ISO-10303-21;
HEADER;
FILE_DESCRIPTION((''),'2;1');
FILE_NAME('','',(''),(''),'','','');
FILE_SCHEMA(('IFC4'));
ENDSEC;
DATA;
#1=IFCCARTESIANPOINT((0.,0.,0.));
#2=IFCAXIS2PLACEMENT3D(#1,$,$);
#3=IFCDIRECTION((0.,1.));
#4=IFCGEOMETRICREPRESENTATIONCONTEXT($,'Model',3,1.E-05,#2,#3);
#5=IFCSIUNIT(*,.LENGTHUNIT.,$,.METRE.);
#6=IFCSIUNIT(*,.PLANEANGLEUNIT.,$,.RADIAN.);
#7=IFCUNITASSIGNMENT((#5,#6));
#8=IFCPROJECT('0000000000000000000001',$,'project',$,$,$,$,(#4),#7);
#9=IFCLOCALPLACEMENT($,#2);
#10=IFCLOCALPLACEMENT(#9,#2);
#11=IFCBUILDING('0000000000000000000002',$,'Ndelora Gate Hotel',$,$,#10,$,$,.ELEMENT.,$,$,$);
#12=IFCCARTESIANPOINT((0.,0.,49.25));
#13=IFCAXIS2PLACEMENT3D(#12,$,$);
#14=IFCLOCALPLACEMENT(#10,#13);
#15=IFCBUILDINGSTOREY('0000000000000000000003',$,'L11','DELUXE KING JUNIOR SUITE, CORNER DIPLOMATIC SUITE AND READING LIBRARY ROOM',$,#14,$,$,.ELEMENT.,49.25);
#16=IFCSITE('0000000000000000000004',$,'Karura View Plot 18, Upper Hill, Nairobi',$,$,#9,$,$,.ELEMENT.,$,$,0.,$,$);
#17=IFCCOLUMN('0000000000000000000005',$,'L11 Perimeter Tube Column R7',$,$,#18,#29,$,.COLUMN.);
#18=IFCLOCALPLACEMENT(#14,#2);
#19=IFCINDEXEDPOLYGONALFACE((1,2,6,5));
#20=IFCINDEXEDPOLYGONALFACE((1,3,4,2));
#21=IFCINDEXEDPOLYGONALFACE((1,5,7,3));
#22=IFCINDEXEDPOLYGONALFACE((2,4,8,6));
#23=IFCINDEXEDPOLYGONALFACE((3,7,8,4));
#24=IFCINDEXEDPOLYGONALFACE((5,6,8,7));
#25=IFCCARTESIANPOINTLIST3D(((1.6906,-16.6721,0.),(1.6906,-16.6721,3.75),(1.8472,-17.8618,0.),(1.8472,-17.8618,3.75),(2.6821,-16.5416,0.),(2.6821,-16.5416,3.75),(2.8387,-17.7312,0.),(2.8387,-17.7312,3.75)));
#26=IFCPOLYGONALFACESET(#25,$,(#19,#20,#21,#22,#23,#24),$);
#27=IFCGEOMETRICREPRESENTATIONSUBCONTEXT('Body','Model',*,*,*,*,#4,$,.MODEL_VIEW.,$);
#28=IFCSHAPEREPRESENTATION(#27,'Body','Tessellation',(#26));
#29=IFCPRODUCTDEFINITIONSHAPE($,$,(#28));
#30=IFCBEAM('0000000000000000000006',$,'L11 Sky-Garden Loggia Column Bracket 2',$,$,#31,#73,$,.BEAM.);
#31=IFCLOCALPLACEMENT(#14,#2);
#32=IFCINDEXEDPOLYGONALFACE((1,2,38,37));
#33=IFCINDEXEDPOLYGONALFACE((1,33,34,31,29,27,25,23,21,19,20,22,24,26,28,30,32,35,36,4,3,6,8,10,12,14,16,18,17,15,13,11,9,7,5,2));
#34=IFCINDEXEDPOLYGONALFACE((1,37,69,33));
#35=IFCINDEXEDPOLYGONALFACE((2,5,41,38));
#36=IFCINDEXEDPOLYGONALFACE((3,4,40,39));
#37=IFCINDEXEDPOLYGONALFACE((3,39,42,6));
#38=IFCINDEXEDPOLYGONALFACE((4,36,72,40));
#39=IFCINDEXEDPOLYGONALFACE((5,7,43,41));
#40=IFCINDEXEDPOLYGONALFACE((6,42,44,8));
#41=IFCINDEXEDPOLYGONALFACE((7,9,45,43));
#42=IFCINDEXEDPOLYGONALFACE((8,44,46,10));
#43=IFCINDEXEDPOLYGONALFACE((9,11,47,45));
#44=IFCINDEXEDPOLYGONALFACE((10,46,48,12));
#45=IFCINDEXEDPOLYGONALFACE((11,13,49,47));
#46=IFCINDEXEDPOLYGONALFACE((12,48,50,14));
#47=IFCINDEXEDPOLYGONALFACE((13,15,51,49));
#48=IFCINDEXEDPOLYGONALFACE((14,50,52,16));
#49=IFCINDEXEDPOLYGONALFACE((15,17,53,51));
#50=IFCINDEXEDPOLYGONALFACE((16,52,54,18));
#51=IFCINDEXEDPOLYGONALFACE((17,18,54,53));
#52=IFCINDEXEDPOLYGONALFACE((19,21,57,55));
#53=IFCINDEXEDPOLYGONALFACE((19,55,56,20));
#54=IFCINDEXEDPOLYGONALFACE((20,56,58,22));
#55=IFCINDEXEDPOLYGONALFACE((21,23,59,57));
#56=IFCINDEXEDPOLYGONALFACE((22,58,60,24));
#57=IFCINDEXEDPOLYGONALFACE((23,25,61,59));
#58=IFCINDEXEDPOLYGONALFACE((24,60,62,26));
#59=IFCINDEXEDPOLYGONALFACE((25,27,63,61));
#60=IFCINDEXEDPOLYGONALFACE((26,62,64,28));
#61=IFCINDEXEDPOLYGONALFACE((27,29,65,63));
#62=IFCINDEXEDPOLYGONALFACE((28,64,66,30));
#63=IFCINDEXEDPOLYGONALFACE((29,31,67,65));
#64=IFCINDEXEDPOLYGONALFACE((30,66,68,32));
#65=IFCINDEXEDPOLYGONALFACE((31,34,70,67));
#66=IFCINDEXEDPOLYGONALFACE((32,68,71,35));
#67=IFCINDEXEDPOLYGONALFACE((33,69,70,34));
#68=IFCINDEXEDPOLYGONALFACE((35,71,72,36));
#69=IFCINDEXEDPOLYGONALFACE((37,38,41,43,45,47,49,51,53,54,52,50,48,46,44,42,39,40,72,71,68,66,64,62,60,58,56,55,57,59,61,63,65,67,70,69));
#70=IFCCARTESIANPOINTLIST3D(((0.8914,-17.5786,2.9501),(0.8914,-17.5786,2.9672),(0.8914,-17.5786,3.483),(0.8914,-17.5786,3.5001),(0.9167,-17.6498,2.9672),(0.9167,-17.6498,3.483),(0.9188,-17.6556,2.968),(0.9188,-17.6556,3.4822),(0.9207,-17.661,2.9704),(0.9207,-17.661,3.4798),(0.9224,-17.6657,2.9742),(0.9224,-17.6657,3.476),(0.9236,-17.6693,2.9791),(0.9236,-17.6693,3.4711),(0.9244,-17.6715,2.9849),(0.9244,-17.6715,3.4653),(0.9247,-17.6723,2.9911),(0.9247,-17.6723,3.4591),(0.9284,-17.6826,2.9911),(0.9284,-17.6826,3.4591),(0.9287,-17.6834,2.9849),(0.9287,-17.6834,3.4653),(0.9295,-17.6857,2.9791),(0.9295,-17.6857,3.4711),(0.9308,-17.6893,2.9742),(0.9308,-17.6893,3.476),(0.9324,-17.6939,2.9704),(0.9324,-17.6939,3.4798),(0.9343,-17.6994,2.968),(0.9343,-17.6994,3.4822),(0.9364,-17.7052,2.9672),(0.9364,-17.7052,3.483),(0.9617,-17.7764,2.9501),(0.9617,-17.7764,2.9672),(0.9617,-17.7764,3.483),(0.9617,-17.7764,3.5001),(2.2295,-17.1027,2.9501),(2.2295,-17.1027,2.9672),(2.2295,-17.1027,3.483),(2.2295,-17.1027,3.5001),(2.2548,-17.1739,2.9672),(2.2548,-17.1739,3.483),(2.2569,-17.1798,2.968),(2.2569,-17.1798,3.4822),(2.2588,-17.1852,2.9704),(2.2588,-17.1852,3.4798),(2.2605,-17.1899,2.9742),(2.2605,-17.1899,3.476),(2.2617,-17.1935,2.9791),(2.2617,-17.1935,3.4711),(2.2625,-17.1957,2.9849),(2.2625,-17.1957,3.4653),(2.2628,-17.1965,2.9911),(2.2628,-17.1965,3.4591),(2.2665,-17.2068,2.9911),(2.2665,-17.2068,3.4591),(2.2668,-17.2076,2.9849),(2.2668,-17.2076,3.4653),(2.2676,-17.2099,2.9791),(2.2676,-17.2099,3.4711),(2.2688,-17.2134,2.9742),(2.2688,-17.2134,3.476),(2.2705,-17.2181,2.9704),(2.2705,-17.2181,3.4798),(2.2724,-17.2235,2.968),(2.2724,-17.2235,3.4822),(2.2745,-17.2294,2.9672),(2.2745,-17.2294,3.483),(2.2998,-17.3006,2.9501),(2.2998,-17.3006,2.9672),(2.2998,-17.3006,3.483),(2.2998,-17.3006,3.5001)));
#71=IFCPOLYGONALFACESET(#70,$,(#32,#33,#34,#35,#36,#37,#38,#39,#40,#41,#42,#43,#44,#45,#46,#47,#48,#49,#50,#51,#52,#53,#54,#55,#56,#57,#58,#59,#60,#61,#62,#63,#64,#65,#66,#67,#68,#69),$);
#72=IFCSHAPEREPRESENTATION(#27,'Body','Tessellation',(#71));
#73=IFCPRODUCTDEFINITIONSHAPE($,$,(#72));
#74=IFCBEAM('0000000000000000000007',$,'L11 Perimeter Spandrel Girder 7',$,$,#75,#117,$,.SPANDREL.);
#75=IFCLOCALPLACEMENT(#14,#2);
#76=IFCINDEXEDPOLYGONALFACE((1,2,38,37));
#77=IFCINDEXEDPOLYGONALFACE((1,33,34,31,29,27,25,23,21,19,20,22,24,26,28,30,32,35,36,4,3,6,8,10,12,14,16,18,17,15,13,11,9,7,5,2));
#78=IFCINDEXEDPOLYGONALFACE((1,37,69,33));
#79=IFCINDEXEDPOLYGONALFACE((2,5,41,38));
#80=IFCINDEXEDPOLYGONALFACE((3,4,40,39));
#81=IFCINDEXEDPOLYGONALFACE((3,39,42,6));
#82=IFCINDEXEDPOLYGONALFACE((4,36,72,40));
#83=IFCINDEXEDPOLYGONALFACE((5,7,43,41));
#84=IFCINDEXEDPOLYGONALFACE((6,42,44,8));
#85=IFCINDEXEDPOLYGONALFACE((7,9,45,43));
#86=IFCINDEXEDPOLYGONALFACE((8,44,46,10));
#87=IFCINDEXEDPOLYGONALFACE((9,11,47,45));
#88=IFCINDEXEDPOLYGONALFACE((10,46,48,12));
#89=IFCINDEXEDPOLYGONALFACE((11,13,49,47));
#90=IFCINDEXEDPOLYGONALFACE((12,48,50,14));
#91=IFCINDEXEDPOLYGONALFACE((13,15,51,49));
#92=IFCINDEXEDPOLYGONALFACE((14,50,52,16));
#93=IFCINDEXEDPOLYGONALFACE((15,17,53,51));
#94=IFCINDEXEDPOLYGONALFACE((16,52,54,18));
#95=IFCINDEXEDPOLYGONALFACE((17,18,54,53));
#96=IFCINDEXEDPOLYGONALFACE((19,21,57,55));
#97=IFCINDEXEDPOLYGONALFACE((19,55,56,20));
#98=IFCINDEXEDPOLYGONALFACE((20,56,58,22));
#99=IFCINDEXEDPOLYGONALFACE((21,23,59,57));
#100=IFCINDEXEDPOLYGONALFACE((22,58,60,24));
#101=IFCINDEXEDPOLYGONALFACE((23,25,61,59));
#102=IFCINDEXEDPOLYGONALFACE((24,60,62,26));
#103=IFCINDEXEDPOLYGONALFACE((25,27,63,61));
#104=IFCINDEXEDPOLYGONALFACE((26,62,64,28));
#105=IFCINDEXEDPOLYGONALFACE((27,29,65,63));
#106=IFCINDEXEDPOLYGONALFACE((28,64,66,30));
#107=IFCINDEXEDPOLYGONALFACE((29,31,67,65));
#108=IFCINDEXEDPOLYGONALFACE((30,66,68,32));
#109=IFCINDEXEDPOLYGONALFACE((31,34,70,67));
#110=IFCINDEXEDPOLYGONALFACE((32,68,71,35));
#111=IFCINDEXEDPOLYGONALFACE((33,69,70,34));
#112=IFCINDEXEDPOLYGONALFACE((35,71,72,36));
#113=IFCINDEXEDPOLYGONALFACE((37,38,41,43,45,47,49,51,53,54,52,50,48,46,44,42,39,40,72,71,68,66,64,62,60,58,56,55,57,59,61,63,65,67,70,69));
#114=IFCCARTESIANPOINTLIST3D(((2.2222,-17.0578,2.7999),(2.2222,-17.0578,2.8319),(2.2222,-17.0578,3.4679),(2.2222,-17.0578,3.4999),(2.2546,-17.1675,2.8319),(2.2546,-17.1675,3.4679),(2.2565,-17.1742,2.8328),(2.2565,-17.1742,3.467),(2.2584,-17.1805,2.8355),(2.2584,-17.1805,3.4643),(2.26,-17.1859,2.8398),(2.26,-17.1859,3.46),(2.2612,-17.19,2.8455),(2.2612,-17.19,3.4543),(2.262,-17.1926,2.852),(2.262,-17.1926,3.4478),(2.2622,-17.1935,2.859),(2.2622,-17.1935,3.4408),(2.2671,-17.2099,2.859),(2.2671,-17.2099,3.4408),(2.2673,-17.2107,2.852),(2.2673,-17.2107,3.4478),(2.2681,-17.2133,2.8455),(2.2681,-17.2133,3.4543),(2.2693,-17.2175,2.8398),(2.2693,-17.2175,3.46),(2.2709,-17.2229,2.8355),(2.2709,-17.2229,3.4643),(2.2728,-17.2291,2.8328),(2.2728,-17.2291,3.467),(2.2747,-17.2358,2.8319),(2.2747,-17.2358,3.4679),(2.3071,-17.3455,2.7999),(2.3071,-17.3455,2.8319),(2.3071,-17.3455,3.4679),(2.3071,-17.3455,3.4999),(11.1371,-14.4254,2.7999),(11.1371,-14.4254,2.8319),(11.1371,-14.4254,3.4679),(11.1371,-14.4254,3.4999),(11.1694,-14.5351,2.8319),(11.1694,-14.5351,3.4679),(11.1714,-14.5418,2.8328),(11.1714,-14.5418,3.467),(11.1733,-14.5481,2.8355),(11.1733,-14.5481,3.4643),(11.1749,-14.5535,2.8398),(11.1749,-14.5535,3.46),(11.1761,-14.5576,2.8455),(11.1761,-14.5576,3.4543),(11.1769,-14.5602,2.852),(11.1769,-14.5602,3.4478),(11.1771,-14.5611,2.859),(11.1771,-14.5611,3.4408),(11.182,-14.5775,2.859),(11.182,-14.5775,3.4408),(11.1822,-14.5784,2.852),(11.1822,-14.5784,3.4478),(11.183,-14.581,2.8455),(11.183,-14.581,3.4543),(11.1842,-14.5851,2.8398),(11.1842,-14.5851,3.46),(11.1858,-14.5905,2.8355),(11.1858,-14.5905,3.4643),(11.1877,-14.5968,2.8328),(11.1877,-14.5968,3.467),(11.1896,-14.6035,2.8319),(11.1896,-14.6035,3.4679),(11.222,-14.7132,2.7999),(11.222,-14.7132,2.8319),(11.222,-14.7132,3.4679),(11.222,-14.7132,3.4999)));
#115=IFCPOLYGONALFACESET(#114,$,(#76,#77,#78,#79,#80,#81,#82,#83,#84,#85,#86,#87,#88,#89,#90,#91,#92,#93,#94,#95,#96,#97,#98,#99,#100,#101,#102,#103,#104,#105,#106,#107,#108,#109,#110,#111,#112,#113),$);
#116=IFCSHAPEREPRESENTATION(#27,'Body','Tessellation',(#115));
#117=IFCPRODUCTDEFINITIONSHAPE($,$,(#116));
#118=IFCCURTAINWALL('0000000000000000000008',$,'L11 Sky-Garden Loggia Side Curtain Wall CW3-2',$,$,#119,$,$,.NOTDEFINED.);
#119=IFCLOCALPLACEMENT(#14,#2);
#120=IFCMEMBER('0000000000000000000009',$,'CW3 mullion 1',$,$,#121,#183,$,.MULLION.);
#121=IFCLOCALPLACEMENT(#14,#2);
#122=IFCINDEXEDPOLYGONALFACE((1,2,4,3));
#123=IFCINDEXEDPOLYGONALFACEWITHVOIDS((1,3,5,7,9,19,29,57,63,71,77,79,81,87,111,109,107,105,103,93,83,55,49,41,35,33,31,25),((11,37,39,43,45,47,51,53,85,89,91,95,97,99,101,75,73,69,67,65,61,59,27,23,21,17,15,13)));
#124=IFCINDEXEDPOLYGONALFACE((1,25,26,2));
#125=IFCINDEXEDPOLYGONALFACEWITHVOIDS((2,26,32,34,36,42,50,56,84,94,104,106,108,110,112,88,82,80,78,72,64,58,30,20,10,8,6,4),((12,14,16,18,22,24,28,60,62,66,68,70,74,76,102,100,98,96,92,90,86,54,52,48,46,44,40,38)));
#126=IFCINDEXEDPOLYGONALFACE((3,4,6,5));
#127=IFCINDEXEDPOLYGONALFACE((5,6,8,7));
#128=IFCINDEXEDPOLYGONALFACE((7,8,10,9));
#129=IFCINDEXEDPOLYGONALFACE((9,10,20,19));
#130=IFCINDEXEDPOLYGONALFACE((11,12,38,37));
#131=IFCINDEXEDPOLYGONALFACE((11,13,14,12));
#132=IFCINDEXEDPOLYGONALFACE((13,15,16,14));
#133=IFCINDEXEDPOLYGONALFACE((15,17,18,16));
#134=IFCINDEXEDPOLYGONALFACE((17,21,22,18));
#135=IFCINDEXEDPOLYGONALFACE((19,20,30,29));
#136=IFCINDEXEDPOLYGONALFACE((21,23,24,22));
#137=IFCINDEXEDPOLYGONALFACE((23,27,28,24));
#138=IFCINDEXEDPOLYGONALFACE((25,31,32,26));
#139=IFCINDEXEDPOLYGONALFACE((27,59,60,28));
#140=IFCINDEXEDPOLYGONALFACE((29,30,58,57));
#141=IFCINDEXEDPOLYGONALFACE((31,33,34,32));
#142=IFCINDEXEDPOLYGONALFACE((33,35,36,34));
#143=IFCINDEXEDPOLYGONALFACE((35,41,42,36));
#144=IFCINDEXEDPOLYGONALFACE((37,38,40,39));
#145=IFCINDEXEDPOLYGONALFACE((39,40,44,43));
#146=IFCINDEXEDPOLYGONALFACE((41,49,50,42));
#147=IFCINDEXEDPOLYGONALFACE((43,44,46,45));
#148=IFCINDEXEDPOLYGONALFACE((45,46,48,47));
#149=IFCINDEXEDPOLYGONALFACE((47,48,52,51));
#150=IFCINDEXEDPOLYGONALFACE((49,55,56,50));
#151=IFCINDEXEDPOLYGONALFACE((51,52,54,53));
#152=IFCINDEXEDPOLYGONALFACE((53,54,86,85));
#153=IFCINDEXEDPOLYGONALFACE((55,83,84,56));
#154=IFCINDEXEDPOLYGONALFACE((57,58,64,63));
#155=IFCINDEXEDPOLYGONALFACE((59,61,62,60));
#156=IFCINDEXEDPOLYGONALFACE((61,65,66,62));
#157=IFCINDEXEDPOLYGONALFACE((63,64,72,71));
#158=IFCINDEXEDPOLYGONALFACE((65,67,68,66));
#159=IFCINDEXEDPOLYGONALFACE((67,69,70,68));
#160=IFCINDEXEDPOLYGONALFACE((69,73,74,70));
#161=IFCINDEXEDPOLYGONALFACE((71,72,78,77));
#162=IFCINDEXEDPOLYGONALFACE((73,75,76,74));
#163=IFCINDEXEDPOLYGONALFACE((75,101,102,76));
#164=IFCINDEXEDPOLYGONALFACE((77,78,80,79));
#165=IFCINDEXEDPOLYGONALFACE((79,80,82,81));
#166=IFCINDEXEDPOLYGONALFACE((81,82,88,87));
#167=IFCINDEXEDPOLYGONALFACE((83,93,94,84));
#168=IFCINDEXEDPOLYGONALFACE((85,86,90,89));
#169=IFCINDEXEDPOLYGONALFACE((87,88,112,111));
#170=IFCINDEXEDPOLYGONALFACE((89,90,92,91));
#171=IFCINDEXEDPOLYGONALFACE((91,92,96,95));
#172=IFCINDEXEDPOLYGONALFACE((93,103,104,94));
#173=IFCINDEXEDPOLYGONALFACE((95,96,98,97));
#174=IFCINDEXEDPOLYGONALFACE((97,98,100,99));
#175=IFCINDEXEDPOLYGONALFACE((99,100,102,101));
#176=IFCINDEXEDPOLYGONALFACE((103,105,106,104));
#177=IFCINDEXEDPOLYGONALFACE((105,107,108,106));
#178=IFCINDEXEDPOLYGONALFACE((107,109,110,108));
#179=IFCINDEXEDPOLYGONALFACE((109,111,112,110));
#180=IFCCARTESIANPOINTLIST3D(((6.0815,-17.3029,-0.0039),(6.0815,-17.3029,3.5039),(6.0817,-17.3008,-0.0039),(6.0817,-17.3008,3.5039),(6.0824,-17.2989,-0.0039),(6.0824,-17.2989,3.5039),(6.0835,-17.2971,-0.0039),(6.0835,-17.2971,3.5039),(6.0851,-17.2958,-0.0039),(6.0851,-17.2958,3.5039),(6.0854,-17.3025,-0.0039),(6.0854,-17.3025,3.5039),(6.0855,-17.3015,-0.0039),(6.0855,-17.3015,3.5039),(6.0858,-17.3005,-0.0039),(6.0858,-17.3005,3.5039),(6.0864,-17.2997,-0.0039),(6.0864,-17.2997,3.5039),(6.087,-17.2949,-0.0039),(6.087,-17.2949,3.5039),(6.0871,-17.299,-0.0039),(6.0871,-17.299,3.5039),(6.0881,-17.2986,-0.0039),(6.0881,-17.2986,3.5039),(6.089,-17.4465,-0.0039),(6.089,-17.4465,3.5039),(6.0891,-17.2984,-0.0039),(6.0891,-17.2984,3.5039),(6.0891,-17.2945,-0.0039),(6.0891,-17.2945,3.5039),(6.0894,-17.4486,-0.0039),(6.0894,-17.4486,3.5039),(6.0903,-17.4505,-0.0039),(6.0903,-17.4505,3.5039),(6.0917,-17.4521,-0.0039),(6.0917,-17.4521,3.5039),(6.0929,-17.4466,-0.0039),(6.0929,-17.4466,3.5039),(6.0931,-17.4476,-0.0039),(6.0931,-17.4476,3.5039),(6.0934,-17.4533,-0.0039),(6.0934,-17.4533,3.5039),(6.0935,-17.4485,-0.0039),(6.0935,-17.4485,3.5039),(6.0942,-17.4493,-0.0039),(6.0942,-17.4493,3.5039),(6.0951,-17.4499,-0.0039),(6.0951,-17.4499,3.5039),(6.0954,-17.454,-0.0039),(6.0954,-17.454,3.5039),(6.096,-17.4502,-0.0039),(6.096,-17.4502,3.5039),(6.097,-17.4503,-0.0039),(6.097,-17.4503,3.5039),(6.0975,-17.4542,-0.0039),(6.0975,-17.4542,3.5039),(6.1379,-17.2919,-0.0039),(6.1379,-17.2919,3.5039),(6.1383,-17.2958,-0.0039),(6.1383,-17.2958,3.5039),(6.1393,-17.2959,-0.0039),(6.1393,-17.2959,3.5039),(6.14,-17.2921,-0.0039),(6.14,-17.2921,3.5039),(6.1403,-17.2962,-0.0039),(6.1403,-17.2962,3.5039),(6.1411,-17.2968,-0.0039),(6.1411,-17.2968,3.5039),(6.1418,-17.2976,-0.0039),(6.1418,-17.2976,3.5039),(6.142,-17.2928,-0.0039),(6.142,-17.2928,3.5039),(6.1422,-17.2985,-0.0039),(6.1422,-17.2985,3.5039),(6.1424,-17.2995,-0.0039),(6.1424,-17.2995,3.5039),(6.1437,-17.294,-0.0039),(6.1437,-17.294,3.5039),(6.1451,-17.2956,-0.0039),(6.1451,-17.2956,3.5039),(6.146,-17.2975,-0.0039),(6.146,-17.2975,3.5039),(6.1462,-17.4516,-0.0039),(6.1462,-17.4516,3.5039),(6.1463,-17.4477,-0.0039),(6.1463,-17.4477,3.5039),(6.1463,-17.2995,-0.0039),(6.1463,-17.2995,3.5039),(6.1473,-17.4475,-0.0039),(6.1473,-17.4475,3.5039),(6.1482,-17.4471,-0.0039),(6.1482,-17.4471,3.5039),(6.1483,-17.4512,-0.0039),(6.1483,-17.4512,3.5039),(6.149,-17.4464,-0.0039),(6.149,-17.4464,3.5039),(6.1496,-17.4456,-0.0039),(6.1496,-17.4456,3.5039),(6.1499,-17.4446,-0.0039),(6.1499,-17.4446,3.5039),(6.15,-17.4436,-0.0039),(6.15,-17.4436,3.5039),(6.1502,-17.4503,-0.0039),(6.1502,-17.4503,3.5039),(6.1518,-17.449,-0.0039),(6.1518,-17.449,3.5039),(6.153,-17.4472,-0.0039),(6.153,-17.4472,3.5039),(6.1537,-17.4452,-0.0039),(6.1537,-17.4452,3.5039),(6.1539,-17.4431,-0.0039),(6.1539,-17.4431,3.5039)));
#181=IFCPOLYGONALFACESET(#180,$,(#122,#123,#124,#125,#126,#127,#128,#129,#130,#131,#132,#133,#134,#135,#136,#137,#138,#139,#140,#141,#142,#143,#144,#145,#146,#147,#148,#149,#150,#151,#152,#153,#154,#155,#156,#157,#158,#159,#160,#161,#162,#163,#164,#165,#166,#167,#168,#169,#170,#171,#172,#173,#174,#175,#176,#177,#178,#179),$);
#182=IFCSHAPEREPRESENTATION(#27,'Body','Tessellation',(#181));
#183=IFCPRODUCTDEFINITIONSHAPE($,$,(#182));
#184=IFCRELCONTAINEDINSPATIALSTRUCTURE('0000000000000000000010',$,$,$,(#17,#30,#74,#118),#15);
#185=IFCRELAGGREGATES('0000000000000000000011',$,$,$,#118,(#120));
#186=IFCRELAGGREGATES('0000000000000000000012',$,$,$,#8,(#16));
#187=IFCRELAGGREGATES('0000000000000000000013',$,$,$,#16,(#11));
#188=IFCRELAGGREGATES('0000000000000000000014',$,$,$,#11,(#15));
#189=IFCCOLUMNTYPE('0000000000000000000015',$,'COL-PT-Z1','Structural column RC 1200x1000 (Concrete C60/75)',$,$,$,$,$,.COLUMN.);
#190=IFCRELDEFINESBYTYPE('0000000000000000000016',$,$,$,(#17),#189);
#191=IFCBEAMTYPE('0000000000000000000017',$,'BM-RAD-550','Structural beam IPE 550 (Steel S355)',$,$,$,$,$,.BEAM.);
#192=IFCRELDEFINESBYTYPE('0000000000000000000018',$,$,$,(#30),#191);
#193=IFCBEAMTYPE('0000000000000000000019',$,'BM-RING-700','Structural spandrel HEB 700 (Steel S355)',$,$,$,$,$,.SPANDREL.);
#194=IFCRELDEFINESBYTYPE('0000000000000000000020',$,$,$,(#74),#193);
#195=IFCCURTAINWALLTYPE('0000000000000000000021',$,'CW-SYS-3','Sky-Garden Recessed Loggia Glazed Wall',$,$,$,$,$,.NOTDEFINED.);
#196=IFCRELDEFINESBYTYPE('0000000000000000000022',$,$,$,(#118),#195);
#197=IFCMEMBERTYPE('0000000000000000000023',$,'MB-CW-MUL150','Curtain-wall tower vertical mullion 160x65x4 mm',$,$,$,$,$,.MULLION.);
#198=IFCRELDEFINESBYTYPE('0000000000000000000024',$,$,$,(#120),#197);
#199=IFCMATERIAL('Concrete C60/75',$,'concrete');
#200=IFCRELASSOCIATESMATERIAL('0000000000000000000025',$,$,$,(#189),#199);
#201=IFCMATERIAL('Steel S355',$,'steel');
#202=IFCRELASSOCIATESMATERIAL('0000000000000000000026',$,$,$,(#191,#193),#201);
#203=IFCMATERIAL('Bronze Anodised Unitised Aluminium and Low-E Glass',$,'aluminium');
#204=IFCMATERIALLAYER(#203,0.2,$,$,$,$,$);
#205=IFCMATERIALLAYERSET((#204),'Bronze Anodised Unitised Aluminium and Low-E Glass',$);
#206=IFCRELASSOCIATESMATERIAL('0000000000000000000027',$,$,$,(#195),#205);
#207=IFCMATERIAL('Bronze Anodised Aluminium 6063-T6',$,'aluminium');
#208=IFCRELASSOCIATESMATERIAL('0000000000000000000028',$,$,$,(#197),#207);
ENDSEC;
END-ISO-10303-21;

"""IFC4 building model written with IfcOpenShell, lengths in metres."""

from ifc_helpers import new_model, si_unit, direction, frame, origin, origin_2d, place, context, subcontext, project, spatial, rectangle, hollow_rectangle, i_section, extrude, material, layer, layer_set, material_profile, profile_set, type_object, element, aggregate, save


model = new_model("IFC4")

# Units and contexts
model_context = context("Model", 3, precision=1e-05, world=origin(), true_north=direction((0.0, 1.0)))
body_context = subcontext(model_context, "Body", "Model", "MODEL_VIEW")
ifc_project = project(units=[si_unit("LENGTHUNIT", "METRE"), si_unit("PLANEANGLEUNIT", "RADIAN")], contexts=[model_context])

# Site, building, storey
site_placement = place(None, origin())
site = spatial("IfcSite", under=ifc_project, at=site_placement, Name="Karura View Plot 18, Upper Hill, Nairobi", CompositionType="ELEMENT", RefElevation=0.0)
building_placement = place(site_placement, origin())
building = spatial("IfcBuilding", under=site, at=building_placement, Name="Ndelora Gate Hotel", CompositionType="ELEMENT")
storey_placement = place(building_placement, frame((0.0, 0.0, 49.25)))
storey = spatial("IfcBuildingStorey", under=building, at=storey_placement, Name="L11", Description="DELUXE KING JUNIOR SUITE, CORNER DIPLOMATIC SUITE AND READING LIBRARY ROOM", CompositionType="ELEMENT", Elevation=49.25)

# Column
ifc_material_1 = material(Name="Concrete C60/75", Category="concrete")
ifc_material_profile_1 = material_profile(ifc_material_1, rectangle(XDim=1.0, YDim=1.2, at=origin_2d()), Name="RC 1200x1000")
ifc_profile_set_1 = profile_set([ifc_material_profile_1], Name="Concrete C60/75")
column_type = type_object("IfcColumnType", Name="COL-PT-Z1", Description="Structural column RC 1200x1000 (Concrete C60/75)", PredefinedType="COLUMN", material=ifc_profile_set_1)
column_placement = place(storey_placement, frame((2.2646, -17.2017, 0.0), z_axis=(0.0, 0.0, 1.0), x_axis=(0.991445, 0.130526, 0.0)))
element("IfcColumn", 1, at=column_placement, inside=storey, type_object=column_type, Name="L11 Perimeter Tube Column R7", PredefinedType="COLUMN", context=body_context, shape_type="SweptSolid", body=[
    extrude(rectangle(XDim=1.0, YDim=1.2, at=origin_2d()), origin(), (0.0, 0.0, 1.0), 3.75),
])

# Beams
ifc_material_2 = material(Name="Steel S355", Category="steel")
ifc_material_profile_2 = material_profile(ifc_material_2, i_section(OverallWidth=0.21, OverallDepth=0.55, WebThickness=0.011, FlangeThickness=0.0171, FilletRadius=0.0239, at=origin_2d()), Name="IPE 550")
ifc_profile_set_2 = profile_set([ifc_material_profile_2], Name="Steel S355")
beam_type_1 = type_object("IfcBeamType", Name="BM-RAD-550", Description="Structural beam IPE 550 (Steel S355)", PredefinedType="BEAM", material=ifc_profile_set_2)
beam_1_placement = place(storey_placement, frame((2.2646, -17.2017, 3.2251), z_axis=(-0.942204, -0.33504, 0.0), x_axis=(0.33504, -0.942204, 0.0)))
element("IfcBeam", 2, at=beam_1_placement, inside=storey, type_object=beam_type_1, Name="L11 Sky-Garden Loggia Column Bracket 2", PredefinedType="BEAM", context=body_context, shape_type="SweptSolid", body=[
    extrude(i_section(OverallWidth=0.21, OverallDepth=0.55, WebThickness=0.011, FlangeThickness=0.0171, FilletRadius=0.0239, at=origin_2d()), origin(), (0.0, 0.0, 1.0), 1.4202),
])
ifc_material_profile_3 = material_profile(ifc_material_2, i_section(OverallWidth=0.3, OverallDepth=0.7, WebThickness=0.0171, FlangeThickness=0.032, FilletRadius=0.0271, at=origin_2d()), Name="HEB 700")
ifc_profile_set_3 = profile_set([ifc_material_profile_3], Name="Steel S355")
beam_type_2 = type_object("IfcBeamType", Name="BM-RING-700", Description="Structural spandrel HEB 700 (Steel S355)", PredefinedType="SPANDREL", material=ifc_profile_set_3)
beam_2_placement = place(storey_placement, frame((2.2646, -17.2017, 3.1499), z_axis=(0.959064, 0.283189, 0.0), x_axis=(-0.283189, 0.959064, 0.0)))
element("IfcBeam", 3, at=beam_2_placement, inside=storey, type_object=beam_type_2, Name="L11 Perimeter Spandrel Girder 7", PredefinedType="SPANDREL", context=body_context, shape_type="SweptSolid", body=[
    extrude(i_section(OverallWidth=0.3, OverallDepth=0.7, WebThickness=0.0171, FlangeThickness=0.032, FilletRadius=0.0271, at=origin_2d()), origin(), (0.0, 0.0, 1.0), 9.2954),
])

# Curtain wall, member
ifc_material_3 = material(Name="Bronze Anodised Unitised Aluminium and Low-E Glass", Category="aluminium")
ifc_layer_1 = layer(ifc_material_3, 0.2)
ifc_layer_set_1 = layer_set([ifc_layer_1], Name="Bronze Anodised Unitised Aluminium and Low-E Glass")
curtain_wall_type = type_object("IfcCurtainWallType", Name="CW-SYS-3", Description="Sky-Garden Recessed Loggia Glazed Wall", PredefinedType="NOTDEFINED", material=ifc_layer_set_1)
curtain_wall_placement = place(storey_placement, origin())
curtain_wall = element("IfcCurtainWall", 4, at=curtain_wall_placement, inside=storey, type_object=curtain_wall_type, Name="L11 Sky-Garden Loggia Side Curtain Wall CW3-2", PredefinedType="NOTDEFINED")
ifc_material_4 = material(Name="Bronze Anodised Aluminium 6063-T6", Category="aluminium")
ifc_material_profile_4 = material_profile(ifc_material_4, hollow_rectangle(XDim=0.0649, YDim=0.1599, WallThickness=0.0039, InnerFilletRadius=0.0039, OuterFilletRadius=0.0081, at=origin_2d()), Name="ALU 160x65x4")
ifc_profile_set_4 = profile_set([ifc_material_profile_4], Name="Bronze Anodised Aluminium 6063-T6")
member_type_1 = type_object("IfcMemberType", Name="MB-CW-MUL150", Description="Curtain-wall tower vertical mullion 160x65x4 mm", PredefinedType="MULLION", material=ifc_profile_set_4)
member_1_placement = place(storey_placement, frame((6.1177, -17.373, -0.0039), z_axis=(0.0, 0.0, 1.0), x_axis=(-0.99863, -0.052318, 0.0)))
member_1 = element("IfcMember", 5, at=member_1_placement, type_object=member_type_1, Name="CW3 mullion 1", PredefinedType="MULLION", context=body_context, shape_type="SweptSolid", body=[
    extrude(hollow_rectangle(XDim=0.0649, YDim=0.1599, WallThickness=0.0039, InnerFilletRadius=0.0039, OuterFilletRadius=0.0081, at=origin_2d()), origin(), (0.0, 0.0, 1.0), 3.5078),
])
aggregate(curtain_wall, [member_1])

save(model, "model.ifc")
